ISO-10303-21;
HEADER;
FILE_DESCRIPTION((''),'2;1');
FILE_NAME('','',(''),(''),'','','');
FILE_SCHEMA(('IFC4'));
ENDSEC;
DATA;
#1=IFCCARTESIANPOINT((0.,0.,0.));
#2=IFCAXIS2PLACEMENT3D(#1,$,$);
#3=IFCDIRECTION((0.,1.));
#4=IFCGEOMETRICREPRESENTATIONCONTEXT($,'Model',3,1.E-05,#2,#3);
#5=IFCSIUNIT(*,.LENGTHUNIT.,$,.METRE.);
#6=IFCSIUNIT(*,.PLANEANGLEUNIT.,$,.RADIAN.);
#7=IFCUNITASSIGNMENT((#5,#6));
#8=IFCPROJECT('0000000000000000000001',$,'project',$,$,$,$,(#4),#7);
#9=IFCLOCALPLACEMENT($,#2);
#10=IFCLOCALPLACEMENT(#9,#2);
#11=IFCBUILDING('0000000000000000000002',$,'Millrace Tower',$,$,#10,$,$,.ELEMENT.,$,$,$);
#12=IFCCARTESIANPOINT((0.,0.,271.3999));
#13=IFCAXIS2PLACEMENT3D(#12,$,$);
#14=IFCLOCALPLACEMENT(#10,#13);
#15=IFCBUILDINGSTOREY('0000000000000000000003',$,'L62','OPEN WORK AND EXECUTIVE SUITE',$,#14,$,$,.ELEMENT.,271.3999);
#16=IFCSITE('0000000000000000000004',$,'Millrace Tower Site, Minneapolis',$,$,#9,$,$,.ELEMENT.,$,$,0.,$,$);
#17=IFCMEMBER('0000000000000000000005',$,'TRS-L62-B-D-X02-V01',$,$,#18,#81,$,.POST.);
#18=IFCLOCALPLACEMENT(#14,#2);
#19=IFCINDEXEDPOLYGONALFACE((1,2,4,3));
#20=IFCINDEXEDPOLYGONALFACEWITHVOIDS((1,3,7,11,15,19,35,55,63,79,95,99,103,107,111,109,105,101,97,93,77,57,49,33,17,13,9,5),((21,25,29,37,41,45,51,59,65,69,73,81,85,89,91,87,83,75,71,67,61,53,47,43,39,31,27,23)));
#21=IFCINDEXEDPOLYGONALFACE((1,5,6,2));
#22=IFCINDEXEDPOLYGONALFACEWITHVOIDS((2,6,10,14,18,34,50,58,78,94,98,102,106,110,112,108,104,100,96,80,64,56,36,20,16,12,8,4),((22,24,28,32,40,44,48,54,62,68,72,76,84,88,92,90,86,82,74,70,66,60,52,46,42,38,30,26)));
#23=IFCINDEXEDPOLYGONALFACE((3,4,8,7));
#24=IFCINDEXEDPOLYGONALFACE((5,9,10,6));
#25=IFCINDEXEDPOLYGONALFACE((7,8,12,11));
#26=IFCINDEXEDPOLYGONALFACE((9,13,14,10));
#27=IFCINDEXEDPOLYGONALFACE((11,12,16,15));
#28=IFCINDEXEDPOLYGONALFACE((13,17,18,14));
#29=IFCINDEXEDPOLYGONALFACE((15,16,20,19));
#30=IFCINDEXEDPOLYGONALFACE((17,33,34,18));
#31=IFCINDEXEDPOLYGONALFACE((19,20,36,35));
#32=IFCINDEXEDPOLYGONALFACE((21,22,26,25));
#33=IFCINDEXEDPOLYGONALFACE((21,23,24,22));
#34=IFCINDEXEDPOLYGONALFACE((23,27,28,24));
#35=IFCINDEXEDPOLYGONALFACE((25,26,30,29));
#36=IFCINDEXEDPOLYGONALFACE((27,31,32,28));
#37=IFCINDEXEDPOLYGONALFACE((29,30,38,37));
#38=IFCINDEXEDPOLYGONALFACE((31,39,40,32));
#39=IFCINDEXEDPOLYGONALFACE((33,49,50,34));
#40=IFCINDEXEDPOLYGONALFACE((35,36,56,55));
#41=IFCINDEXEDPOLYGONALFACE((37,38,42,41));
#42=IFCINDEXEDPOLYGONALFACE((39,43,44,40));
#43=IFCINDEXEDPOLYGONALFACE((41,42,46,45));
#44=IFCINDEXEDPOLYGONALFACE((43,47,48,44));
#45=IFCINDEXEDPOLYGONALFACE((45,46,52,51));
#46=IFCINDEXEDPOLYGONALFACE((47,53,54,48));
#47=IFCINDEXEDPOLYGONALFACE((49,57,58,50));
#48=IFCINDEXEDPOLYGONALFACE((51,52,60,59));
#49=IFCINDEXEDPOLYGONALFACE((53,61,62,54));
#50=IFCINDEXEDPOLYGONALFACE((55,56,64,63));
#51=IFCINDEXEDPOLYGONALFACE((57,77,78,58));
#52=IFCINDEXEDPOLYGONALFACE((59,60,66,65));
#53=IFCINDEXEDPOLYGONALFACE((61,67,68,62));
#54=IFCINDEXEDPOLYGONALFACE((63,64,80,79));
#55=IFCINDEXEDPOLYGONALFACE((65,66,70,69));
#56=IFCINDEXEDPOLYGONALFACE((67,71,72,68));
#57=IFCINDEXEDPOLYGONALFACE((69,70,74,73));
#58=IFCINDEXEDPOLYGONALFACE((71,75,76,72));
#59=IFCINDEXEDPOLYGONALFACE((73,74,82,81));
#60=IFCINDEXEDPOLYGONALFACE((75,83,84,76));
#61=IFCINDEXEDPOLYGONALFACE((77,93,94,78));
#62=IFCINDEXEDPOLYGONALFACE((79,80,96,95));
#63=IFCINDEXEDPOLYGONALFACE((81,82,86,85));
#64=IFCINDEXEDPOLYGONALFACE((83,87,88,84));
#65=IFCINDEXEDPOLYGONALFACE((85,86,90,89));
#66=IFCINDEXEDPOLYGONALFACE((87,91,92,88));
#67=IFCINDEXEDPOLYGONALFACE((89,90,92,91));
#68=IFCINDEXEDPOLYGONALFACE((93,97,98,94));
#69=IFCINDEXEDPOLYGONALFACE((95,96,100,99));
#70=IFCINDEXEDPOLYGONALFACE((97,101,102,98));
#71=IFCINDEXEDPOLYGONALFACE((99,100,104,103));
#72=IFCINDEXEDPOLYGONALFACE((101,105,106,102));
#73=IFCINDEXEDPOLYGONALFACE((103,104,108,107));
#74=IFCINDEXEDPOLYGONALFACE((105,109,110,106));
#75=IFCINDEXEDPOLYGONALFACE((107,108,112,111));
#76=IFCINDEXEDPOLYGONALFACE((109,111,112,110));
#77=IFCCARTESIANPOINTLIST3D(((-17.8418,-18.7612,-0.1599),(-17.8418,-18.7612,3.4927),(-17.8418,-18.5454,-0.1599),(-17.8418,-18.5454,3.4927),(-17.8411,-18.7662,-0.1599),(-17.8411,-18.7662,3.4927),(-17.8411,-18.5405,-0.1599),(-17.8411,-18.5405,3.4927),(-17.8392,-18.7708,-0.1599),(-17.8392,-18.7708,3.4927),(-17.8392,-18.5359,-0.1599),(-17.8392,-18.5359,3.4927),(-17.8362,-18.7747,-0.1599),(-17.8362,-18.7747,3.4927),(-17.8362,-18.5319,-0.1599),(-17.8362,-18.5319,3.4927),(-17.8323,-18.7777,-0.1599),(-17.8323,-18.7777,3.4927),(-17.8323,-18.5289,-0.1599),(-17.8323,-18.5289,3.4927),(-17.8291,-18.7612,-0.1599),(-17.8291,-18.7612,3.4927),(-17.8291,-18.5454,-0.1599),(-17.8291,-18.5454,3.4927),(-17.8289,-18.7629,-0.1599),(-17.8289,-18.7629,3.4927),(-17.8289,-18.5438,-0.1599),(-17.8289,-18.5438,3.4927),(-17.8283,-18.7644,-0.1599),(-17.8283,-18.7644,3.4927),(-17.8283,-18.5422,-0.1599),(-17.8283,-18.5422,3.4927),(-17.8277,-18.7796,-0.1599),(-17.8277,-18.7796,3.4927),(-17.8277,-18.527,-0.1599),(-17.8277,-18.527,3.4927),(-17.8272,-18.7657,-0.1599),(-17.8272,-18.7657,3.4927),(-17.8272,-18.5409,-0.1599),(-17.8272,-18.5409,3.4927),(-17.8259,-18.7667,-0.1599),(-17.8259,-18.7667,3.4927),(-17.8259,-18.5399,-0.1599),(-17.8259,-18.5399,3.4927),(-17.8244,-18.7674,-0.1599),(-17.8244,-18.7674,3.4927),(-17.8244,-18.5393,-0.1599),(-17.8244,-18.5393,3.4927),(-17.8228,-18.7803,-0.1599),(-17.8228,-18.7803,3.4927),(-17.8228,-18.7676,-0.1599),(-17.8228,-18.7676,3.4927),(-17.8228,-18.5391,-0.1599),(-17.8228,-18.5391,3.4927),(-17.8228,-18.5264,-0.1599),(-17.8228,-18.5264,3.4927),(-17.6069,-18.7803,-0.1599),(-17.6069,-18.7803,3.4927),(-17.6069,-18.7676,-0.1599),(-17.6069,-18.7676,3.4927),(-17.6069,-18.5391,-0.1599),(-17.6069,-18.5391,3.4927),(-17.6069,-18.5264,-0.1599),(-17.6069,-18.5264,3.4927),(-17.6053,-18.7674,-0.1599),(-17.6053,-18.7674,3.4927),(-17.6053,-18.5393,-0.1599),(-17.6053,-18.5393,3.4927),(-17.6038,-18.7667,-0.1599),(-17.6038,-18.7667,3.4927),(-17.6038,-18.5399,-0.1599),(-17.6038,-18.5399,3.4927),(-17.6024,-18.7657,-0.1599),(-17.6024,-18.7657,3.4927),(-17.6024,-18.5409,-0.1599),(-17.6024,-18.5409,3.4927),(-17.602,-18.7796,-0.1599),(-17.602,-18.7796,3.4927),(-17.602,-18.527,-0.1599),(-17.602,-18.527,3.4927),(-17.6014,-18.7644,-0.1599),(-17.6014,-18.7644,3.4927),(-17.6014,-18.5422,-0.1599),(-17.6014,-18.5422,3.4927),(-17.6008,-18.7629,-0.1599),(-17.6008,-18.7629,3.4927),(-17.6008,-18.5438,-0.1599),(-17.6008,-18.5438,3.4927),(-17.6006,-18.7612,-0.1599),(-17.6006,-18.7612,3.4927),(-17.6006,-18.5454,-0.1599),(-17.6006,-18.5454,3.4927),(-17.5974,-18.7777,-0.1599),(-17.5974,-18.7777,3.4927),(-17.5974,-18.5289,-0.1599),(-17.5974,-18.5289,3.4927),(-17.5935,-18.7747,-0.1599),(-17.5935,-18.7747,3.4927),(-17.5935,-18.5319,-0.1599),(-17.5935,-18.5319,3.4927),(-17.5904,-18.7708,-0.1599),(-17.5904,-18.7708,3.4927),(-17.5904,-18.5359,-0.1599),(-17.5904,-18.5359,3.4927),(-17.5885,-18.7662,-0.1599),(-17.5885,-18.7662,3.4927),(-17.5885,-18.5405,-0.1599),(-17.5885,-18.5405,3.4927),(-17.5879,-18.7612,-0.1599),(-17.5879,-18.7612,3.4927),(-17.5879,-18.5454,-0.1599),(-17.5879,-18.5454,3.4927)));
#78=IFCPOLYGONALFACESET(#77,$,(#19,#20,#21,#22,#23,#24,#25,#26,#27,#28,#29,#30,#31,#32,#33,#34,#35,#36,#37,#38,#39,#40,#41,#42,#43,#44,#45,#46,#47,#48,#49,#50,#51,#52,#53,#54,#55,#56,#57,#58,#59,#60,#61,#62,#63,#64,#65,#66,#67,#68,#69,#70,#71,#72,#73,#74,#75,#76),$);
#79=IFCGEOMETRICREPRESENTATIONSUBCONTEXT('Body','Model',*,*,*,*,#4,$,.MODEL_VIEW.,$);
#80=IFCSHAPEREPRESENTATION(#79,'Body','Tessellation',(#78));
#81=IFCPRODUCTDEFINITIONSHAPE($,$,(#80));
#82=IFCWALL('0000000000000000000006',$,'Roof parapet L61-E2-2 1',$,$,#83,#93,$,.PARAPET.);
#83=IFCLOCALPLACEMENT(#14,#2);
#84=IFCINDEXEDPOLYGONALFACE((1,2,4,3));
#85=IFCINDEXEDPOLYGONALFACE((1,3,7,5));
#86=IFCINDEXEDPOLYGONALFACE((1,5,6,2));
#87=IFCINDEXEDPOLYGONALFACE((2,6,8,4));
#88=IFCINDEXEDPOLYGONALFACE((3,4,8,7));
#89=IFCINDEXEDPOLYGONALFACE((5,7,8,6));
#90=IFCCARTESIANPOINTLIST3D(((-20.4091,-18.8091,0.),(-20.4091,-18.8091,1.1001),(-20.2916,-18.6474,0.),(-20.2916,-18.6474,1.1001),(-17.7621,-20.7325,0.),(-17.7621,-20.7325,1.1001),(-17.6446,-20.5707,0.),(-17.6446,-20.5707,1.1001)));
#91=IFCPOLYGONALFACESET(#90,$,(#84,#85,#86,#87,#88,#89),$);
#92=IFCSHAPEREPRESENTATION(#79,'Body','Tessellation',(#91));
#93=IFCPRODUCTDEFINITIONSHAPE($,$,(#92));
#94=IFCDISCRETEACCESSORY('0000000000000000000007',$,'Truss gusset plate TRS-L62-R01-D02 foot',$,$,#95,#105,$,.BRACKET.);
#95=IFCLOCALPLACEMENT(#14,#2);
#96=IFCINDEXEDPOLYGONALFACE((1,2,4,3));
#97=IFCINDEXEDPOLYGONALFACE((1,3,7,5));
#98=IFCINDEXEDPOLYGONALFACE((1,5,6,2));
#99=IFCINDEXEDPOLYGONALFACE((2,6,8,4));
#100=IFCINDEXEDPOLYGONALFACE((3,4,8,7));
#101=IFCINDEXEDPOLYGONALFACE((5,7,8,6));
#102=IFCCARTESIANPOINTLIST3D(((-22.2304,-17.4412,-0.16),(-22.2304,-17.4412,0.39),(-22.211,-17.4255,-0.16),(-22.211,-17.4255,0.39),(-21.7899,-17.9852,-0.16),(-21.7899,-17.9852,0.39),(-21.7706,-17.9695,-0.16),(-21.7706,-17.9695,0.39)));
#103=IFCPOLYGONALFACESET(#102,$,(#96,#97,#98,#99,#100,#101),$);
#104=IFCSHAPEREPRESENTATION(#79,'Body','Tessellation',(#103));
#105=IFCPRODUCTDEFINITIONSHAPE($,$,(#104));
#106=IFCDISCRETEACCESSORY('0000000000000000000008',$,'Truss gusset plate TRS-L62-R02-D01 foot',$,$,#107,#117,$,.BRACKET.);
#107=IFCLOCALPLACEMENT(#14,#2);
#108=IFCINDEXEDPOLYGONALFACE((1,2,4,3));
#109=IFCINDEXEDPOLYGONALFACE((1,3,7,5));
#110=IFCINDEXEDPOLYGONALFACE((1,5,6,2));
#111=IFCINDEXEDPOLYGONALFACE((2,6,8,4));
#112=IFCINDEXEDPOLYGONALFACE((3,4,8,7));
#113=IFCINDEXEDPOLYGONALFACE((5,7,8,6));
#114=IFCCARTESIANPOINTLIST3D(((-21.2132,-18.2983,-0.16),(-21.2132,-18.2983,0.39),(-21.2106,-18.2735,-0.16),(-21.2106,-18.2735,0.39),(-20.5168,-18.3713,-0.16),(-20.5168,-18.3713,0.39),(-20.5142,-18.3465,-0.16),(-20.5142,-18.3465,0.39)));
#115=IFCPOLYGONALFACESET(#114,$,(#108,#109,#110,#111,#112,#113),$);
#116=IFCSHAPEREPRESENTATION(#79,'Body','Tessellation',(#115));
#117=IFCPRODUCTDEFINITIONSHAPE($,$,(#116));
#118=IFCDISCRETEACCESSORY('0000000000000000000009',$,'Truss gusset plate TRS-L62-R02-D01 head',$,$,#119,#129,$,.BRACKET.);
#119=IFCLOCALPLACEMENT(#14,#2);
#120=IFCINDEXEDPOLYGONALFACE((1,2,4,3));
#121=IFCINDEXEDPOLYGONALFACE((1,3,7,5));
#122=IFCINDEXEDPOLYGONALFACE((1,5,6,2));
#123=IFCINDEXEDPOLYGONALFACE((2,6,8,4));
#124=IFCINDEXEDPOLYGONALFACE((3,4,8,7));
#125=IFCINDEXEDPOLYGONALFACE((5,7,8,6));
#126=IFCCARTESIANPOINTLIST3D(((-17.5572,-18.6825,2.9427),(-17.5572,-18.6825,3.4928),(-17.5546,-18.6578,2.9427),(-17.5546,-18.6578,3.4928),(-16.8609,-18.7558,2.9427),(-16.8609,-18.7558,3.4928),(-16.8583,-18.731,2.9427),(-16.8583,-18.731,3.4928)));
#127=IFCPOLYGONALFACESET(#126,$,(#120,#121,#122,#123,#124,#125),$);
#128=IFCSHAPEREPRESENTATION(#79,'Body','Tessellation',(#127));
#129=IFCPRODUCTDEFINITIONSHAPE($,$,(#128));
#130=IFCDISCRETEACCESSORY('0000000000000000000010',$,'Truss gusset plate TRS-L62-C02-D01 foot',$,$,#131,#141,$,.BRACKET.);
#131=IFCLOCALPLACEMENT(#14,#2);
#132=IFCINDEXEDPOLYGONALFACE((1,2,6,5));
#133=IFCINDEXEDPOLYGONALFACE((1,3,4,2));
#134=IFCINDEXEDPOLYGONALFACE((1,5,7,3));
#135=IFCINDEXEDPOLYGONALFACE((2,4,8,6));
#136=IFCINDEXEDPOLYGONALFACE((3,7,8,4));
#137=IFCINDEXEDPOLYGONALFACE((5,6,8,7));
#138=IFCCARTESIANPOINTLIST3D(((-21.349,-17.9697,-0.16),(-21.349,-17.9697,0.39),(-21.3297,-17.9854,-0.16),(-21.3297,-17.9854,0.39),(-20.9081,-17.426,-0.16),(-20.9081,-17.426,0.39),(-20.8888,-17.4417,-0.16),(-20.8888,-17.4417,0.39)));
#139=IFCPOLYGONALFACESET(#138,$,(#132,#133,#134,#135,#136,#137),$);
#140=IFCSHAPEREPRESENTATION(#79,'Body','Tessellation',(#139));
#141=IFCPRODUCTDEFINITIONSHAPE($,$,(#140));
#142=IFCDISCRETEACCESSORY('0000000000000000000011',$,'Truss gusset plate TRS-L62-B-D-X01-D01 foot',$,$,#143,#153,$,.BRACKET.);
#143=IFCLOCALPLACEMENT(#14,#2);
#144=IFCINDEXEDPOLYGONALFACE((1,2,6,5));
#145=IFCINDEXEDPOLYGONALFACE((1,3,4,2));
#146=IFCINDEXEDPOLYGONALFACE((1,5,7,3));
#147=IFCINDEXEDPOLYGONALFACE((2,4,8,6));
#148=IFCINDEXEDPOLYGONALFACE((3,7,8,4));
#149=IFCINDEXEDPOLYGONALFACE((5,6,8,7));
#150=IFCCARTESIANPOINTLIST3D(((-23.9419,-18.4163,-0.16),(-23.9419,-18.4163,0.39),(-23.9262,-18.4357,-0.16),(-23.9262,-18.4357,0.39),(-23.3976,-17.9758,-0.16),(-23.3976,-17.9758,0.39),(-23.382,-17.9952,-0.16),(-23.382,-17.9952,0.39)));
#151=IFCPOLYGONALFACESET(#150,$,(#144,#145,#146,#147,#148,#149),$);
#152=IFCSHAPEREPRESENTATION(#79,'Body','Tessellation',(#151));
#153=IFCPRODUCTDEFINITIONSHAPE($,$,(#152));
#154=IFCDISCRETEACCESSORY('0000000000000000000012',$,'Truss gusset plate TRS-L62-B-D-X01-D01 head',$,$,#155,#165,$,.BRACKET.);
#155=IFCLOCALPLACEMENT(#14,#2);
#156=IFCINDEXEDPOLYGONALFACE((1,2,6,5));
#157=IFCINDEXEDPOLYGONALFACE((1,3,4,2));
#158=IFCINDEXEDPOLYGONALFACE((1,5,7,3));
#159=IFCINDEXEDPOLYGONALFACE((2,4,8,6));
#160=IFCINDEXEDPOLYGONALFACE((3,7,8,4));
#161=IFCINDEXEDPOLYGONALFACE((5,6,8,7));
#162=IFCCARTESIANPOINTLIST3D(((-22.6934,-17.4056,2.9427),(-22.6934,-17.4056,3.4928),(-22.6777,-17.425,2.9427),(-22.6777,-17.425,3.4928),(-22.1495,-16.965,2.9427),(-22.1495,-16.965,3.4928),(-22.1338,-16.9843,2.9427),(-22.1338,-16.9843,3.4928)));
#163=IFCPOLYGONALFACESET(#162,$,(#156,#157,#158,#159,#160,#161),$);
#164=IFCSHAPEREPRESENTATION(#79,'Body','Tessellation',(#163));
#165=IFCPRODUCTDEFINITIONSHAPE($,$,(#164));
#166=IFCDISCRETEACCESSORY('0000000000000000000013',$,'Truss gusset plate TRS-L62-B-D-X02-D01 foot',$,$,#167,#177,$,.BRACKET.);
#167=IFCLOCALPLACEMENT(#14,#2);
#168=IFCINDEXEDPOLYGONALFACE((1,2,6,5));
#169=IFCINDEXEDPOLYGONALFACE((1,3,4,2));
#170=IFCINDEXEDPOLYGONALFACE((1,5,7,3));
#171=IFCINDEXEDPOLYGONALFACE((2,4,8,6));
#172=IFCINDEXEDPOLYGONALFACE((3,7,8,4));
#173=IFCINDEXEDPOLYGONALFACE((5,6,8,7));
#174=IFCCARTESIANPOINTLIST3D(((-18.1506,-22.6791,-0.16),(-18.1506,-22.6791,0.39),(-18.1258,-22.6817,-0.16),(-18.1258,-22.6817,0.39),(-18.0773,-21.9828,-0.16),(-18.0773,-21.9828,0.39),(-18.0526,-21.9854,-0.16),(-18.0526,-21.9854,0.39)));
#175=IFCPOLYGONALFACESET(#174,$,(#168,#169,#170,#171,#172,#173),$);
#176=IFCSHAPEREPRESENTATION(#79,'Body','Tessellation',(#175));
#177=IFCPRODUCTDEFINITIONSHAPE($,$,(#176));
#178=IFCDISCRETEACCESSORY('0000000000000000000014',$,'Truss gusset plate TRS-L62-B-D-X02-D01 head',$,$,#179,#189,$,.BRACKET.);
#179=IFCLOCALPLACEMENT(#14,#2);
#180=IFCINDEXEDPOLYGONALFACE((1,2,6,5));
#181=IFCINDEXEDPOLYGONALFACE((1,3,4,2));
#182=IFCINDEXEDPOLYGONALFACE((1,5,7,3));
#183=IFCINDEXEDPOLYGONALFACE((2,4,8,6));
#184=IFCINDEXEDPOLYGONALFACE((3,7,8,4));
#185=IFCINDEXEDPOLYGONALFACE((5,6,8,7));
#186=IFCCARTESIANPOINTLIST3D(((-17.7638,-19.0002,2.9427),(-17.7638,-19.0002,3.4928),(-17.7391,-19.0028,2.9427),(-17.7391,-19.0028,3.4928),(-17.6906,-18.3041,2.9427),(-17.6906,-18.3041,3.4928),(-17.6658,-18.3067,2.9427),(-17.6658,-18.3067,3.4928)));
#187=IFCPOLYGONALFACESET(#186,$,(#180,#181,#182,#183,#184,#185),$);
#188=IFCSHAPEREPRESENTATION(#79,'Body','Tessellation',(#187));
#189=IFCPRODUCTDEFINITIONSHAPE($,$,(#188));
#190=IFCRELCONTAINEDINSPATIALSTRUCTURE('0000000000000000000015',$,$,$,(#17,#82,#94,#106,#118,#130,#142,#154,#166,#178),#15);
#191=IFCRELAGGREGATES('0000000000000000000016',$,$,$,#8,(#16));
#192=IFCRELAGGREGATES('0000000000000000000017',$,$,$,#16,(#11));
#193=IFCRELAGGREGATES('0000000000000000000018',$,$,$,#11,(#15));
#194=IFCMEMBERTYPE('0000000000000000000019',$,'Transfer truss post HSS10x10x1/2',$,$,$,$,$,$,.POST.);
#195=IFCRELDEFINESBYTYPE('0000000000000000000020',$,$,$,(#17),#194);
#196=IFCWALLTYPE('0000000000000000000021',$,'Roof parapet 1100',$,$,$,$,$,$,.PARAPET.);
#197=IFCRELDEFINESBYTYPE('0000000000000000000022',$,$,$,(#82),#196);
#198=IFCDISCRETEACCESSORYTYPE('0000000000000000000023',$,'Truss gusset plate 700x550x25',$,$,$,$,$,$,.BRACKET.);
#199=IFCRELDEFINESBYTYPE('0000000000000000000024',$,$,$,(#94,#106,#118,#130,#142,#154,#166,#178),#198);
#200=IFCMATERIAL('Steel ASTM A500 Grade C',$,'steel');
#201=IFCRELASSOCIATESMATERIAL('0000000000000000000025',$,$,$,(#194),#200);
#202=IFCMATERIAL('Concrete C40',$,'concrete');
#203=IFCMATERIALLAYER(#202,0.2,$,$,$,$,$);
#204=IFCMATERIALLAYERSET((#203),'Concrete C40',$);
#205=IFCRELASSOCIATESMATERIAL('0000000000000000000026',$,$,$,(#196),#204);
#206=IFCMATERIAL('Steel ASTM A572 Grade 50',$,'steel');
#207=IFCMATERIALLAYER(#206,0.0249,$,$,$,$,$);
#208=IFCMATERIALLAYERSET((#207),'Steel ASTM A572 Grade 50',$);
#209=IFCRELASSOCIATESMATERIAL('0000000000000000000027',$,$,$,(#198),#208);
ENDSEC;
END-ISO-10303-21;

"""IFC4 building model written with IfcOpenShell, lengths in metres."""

from ifc_helpers import new_model, si_unit, direction, frame, frame_2d, origin, origin_2d, place, context, subcontext, project, spatial, rectangle, hollow_rectangle, extrude, material, layer, layer_set, material_profile, profile_set, type_object, element, save


model = new_model("IFC4")

# Units and contexts
model_context = context("Model", 3, precision=1e-05, world=origin(), true_north=direction((0.0, 1.0)))
body_context = subcontext(model_context, "Body", "Model", "MODEL_VIEW")
ifc_project = project(units=[si_unit("LENGTHUNIT", "METRE"), si_unit("PLANEANGLEUNIT", "RADIAN")], contexts=[model_context])

# Site, building, storey
site_placement = place(None, origin())
site = spatial("IfcSite", under=ifc_project, at=site_placement, Name="Millrace Tower Site, Minneapolis", CompositionType="ELEMENT", RefElevation=0.0)
building_placement = place(site_placement, origin())
building = spatial("IfcBuilding", under=site, at=building_placement, Name="Millrace Tower", CompositionType="ELEMENT")
storey_placement = place(building_placement, frame((0.0, 0.0, 271.3999)))
storey = spatial("IfcBuildingStorey", under=building, at=storey_placement, Name="L62", Description="OPEN WORK AND EXECUTIVE SUITE", CompositionType="ELEMENT", Elevation=271.3999)

# Member
ifc_material_1 = material(Name="Steel ASTM A500 Grade C", Category="steel")
ifc_material_profile_1 = material_profile(ifc_material_1, hollow_rectangle(XDim=0.2539, YDim=0.2539, WallThickness=0.0127, InnerFilletRadius=0.0063, OuterFilletRadius=0.019, at=origin_2d()))
ifc_profile_set_1 = profile_set([ifc_material_profile_1], Name="Steel ASTM A500 Grade C")
member_type_1 = type_object("IfcMemberType", Name="Transfer truss post HSS10x10x1/2", PredefinedType="POST", material=ifc_profile_set_1)
for number, where, z_axis, x_axis, name in (
    (1, (-17.7148, -18.6533, -0.1599), (0.0, 0.0, 1.0), (1.0, 0.0, 0.0), "TRS-L62-B-D-X02-V01"),
):
    element("IfcMember", number, at=place(storey_placement, frame(where, z_axis=z_axis, x_axis=x_axis)), inside=storey, type_object=member_type_1, Name=name, PredefinedType="POST", context=body_context, shape_type="SweptSolid", body=[
        extrude(hollow_rectangle(XDim=0.2539, YDim=0.2539, WallThickness=0.0127, InnerFilletRadius=0.0063, OuterFilletRadius=0.019, at=origin_2d()), origin(), (0.0, 0.0, 1.0), 3.6526),
    ])

# Wall
ifc_material_2 = material(Name="Concrete C40", Category="concrete")
ifc_layer_1 = layer(ifc_material_2, 0.2)
ifc_layer_set_1 = layer_set([ifc_layer_1], Name="Concrete C40")
wall_type = type_object("IfcWallType", Name="Roof parapet 1100", PredefinedType="PARAPET", material=ifc_layer_set_1)
wall_placement = place(storey_placement, frame((-17.7034, -20.6516, 0.0), z_axis=(0.0, 0.0, 1.0), x_axis=(-0.808988, 0.587826, 0.0)))
element("IfcWall", 2, at=wall_placement, inside=storey, type_object=wall_type, Name="Roof parapet L61-E2-2 1", PredefinedType="PARAPET", context=body_context, shape_type="SweptSolid", body=[
    extrude(rectangle(XDim=3.272, YDim=0.2, at=frame_2d((1.636, 0.0))), origin(), (0.0, 0.0, 1.0), 1.1001),
])

# Discrete accessories
ifc_material_3 = material(Name="Steel ASTM A572 Grade 50", Category="steel")
ifc_layer_2 = layer(ifc_material_3, 0.0249)
ifc_layer_set_2 = layer_set([ifc_layer_2], Name="Steel ASTM A572 Grade 50")
discrete_accessory_type = type_object("IfcDiscreteAccessoryType", Name="Truss gusset plate 700x550x25", PredefinedType="BRACKET", material=ifc_layer_set_2)
discrete_accessory_1_placement = place(storey_placement, frame((-22.2207, -17.4333, 0.115), z_axis=(0.629279, -0.77718, 0.0), x_axis=(0.77718, 0.629279, 0.0)))
element("IfcDiscreteAccessory", 3, at=discrete_accessory_1_placement, inside=storey, type_object=discrete_accessory_type, Name="Truss gusset plate TRS-L62-R01-D02 foot", PredefinedType="BRACKET", context=body_context, shape_type="SweptSolid", body=[
    extrude(rectangle(XDim=0.0249, YDim=0.55, at=origin_2d()), origin(), (0.0, 0.0, 1.0), 0.7),
])
for number, where, z_axis, x_axis, name in (
    (4, (-21.2119, -18.2859, 0.115), (0.994549, -0.104267, 0.0), (0.104267, 0.994549, 0.0), "Truss gusset plate TRS-L62-R02-D01 foot"),
    (5, (-17.5559, -18.6702, 3.2178), (0.994513, -0.104612, 0.0), (0.104612, 0.994513, 0.0), "Truss gusset plate TRS-L62-R02-D01 head"),
):
    element("IfcDiscreteAccessory", number, at=place(storey_placement, frame(where, z_axis=z_axis, x_axis=x_axis)), inside=storey, type_object=discrete_accessory_type, Name=name, PredefinedType="BRACKET", context=body_context, shape_type="SweptSolid", body=[
        extrude(rectangle(XDim=0.0249, YDim=0.55, at=origin_2d()), origin(), (0.0, 0.0, 1.0), 0.7002),
    ])
discrete_accessory_2_placement = place(storey_placement, frame((-21.3394, -17.9775, 0.115), z_axis=(0.62987, 0.7767, 0.0), x_axis=(-0.7767, 0.62987, 0.0)))
element("IfcDiscreteAccessory", 6, at=discrete_accessory_2_placement, inside=storey, type_object=discrete_accessory_type, Name="Truss gusset plate TRS-L62-C02-D01 foot", PredefinedType="BRACKET", context=body_context, shape_type="SweptSolid", body=[
    extrude(rectangle(XDim=0.0249, YDim=0.55, at=origin_2d()), origin(), (0.0, 0.0, 1.0), 0.7),
])
discrete_accessory_3_placement = place(storey_placement, frame((-23.9341, -18.426, 0.115), z_axis=(0.777318, 0.629108, 0.0), x_axis=(-0.629108, 0.777318, 0.0)))
element("IfcDiscreteAccessory", 7, at=discrete_accessory_3_placement, inside=storey, type_object=discrete_accessory_type, Name="Truss gusset plate TRS-L62-B-D-X01-D01 foot", PredefinedType="BRACKET", context=body_context, shape_type="SweptSolid", body=[
    extrude(rectangle(XDim=0.0249, YDim=0.55, at=origin_2d()), origin(), (0.0, 0.0, 1.0), 0.7002),
])
discrete_accessory_4_placement = place(storey_placement, frame((-22.6855, -17.4153, 3.2178), z_axis=(0.777009, 0.629489, 0.0), x_axis=(-0.629489, 0.777009, 0.0)))
element("IfcDiscreteAccessory", 8, at=discrete_accessory_4_placement, inside=storey, type_object=discrete_accessory_type, Name="Truss gusset plate TRS-L62-B-D-X01-D01 head", PredefinedType="BRACKET", context=body_context, shape_type="SweptSolid", body=[
    extrude(rectangle(XDim=0.0249, YDim=0.55, at=origin_2d()), origin(), (0.0, 0.0, 1.0), 0.7),
])
discrete_accessory_5_placement = place(storey_placement, frame((-18.1382, -22.6804, 0.115), z_axis=(0.104612, 0.994513, 0.0), x_axis=(-0.994513, 0.104612, 0.0)))
element("IfcDiscreteAccessory", 9, at=discrete_accessory_5_placement, inside=storey, type_object=discrete_accessory_type, Name="Truss gusset plate TRS-L62-B-D-X02-D01 foot", PredefinedType="BRACKET", context=body_context, shape_type="SweptSolid", body=[
    extrude(rectangle(XDim=0.0249, YDim=0.55, at=origin_2d()), origin(), (0.0, 0.0, 1.0), 0.7002),
])
discrete_accessory_6_placement = place(storey_placement, frame((-17.7515, -19.0015, 3.2178), z_axis=(0.104648, 0.994509, 0.0), x_axis=(-0.994509, 0.104648, 0.0)))
element("IfcDiscreteAccessory", 10, at=discrete_accessory_6_placement, inside=storey, type_object=discrete_accessory_type, Name="Truss gusset plate TRS-L62-B-D-X02-D01 head", PredefinedType="BRACKET", context=body_context, shape_type="SweptSolid", body=[
    extrude(rectangle(XDim=0.0249, YDim=0.55, at=origin_2d()), origin(), (0.0, 0.0, 1.0), 0.7),
])

save(model, "model.ifc")
